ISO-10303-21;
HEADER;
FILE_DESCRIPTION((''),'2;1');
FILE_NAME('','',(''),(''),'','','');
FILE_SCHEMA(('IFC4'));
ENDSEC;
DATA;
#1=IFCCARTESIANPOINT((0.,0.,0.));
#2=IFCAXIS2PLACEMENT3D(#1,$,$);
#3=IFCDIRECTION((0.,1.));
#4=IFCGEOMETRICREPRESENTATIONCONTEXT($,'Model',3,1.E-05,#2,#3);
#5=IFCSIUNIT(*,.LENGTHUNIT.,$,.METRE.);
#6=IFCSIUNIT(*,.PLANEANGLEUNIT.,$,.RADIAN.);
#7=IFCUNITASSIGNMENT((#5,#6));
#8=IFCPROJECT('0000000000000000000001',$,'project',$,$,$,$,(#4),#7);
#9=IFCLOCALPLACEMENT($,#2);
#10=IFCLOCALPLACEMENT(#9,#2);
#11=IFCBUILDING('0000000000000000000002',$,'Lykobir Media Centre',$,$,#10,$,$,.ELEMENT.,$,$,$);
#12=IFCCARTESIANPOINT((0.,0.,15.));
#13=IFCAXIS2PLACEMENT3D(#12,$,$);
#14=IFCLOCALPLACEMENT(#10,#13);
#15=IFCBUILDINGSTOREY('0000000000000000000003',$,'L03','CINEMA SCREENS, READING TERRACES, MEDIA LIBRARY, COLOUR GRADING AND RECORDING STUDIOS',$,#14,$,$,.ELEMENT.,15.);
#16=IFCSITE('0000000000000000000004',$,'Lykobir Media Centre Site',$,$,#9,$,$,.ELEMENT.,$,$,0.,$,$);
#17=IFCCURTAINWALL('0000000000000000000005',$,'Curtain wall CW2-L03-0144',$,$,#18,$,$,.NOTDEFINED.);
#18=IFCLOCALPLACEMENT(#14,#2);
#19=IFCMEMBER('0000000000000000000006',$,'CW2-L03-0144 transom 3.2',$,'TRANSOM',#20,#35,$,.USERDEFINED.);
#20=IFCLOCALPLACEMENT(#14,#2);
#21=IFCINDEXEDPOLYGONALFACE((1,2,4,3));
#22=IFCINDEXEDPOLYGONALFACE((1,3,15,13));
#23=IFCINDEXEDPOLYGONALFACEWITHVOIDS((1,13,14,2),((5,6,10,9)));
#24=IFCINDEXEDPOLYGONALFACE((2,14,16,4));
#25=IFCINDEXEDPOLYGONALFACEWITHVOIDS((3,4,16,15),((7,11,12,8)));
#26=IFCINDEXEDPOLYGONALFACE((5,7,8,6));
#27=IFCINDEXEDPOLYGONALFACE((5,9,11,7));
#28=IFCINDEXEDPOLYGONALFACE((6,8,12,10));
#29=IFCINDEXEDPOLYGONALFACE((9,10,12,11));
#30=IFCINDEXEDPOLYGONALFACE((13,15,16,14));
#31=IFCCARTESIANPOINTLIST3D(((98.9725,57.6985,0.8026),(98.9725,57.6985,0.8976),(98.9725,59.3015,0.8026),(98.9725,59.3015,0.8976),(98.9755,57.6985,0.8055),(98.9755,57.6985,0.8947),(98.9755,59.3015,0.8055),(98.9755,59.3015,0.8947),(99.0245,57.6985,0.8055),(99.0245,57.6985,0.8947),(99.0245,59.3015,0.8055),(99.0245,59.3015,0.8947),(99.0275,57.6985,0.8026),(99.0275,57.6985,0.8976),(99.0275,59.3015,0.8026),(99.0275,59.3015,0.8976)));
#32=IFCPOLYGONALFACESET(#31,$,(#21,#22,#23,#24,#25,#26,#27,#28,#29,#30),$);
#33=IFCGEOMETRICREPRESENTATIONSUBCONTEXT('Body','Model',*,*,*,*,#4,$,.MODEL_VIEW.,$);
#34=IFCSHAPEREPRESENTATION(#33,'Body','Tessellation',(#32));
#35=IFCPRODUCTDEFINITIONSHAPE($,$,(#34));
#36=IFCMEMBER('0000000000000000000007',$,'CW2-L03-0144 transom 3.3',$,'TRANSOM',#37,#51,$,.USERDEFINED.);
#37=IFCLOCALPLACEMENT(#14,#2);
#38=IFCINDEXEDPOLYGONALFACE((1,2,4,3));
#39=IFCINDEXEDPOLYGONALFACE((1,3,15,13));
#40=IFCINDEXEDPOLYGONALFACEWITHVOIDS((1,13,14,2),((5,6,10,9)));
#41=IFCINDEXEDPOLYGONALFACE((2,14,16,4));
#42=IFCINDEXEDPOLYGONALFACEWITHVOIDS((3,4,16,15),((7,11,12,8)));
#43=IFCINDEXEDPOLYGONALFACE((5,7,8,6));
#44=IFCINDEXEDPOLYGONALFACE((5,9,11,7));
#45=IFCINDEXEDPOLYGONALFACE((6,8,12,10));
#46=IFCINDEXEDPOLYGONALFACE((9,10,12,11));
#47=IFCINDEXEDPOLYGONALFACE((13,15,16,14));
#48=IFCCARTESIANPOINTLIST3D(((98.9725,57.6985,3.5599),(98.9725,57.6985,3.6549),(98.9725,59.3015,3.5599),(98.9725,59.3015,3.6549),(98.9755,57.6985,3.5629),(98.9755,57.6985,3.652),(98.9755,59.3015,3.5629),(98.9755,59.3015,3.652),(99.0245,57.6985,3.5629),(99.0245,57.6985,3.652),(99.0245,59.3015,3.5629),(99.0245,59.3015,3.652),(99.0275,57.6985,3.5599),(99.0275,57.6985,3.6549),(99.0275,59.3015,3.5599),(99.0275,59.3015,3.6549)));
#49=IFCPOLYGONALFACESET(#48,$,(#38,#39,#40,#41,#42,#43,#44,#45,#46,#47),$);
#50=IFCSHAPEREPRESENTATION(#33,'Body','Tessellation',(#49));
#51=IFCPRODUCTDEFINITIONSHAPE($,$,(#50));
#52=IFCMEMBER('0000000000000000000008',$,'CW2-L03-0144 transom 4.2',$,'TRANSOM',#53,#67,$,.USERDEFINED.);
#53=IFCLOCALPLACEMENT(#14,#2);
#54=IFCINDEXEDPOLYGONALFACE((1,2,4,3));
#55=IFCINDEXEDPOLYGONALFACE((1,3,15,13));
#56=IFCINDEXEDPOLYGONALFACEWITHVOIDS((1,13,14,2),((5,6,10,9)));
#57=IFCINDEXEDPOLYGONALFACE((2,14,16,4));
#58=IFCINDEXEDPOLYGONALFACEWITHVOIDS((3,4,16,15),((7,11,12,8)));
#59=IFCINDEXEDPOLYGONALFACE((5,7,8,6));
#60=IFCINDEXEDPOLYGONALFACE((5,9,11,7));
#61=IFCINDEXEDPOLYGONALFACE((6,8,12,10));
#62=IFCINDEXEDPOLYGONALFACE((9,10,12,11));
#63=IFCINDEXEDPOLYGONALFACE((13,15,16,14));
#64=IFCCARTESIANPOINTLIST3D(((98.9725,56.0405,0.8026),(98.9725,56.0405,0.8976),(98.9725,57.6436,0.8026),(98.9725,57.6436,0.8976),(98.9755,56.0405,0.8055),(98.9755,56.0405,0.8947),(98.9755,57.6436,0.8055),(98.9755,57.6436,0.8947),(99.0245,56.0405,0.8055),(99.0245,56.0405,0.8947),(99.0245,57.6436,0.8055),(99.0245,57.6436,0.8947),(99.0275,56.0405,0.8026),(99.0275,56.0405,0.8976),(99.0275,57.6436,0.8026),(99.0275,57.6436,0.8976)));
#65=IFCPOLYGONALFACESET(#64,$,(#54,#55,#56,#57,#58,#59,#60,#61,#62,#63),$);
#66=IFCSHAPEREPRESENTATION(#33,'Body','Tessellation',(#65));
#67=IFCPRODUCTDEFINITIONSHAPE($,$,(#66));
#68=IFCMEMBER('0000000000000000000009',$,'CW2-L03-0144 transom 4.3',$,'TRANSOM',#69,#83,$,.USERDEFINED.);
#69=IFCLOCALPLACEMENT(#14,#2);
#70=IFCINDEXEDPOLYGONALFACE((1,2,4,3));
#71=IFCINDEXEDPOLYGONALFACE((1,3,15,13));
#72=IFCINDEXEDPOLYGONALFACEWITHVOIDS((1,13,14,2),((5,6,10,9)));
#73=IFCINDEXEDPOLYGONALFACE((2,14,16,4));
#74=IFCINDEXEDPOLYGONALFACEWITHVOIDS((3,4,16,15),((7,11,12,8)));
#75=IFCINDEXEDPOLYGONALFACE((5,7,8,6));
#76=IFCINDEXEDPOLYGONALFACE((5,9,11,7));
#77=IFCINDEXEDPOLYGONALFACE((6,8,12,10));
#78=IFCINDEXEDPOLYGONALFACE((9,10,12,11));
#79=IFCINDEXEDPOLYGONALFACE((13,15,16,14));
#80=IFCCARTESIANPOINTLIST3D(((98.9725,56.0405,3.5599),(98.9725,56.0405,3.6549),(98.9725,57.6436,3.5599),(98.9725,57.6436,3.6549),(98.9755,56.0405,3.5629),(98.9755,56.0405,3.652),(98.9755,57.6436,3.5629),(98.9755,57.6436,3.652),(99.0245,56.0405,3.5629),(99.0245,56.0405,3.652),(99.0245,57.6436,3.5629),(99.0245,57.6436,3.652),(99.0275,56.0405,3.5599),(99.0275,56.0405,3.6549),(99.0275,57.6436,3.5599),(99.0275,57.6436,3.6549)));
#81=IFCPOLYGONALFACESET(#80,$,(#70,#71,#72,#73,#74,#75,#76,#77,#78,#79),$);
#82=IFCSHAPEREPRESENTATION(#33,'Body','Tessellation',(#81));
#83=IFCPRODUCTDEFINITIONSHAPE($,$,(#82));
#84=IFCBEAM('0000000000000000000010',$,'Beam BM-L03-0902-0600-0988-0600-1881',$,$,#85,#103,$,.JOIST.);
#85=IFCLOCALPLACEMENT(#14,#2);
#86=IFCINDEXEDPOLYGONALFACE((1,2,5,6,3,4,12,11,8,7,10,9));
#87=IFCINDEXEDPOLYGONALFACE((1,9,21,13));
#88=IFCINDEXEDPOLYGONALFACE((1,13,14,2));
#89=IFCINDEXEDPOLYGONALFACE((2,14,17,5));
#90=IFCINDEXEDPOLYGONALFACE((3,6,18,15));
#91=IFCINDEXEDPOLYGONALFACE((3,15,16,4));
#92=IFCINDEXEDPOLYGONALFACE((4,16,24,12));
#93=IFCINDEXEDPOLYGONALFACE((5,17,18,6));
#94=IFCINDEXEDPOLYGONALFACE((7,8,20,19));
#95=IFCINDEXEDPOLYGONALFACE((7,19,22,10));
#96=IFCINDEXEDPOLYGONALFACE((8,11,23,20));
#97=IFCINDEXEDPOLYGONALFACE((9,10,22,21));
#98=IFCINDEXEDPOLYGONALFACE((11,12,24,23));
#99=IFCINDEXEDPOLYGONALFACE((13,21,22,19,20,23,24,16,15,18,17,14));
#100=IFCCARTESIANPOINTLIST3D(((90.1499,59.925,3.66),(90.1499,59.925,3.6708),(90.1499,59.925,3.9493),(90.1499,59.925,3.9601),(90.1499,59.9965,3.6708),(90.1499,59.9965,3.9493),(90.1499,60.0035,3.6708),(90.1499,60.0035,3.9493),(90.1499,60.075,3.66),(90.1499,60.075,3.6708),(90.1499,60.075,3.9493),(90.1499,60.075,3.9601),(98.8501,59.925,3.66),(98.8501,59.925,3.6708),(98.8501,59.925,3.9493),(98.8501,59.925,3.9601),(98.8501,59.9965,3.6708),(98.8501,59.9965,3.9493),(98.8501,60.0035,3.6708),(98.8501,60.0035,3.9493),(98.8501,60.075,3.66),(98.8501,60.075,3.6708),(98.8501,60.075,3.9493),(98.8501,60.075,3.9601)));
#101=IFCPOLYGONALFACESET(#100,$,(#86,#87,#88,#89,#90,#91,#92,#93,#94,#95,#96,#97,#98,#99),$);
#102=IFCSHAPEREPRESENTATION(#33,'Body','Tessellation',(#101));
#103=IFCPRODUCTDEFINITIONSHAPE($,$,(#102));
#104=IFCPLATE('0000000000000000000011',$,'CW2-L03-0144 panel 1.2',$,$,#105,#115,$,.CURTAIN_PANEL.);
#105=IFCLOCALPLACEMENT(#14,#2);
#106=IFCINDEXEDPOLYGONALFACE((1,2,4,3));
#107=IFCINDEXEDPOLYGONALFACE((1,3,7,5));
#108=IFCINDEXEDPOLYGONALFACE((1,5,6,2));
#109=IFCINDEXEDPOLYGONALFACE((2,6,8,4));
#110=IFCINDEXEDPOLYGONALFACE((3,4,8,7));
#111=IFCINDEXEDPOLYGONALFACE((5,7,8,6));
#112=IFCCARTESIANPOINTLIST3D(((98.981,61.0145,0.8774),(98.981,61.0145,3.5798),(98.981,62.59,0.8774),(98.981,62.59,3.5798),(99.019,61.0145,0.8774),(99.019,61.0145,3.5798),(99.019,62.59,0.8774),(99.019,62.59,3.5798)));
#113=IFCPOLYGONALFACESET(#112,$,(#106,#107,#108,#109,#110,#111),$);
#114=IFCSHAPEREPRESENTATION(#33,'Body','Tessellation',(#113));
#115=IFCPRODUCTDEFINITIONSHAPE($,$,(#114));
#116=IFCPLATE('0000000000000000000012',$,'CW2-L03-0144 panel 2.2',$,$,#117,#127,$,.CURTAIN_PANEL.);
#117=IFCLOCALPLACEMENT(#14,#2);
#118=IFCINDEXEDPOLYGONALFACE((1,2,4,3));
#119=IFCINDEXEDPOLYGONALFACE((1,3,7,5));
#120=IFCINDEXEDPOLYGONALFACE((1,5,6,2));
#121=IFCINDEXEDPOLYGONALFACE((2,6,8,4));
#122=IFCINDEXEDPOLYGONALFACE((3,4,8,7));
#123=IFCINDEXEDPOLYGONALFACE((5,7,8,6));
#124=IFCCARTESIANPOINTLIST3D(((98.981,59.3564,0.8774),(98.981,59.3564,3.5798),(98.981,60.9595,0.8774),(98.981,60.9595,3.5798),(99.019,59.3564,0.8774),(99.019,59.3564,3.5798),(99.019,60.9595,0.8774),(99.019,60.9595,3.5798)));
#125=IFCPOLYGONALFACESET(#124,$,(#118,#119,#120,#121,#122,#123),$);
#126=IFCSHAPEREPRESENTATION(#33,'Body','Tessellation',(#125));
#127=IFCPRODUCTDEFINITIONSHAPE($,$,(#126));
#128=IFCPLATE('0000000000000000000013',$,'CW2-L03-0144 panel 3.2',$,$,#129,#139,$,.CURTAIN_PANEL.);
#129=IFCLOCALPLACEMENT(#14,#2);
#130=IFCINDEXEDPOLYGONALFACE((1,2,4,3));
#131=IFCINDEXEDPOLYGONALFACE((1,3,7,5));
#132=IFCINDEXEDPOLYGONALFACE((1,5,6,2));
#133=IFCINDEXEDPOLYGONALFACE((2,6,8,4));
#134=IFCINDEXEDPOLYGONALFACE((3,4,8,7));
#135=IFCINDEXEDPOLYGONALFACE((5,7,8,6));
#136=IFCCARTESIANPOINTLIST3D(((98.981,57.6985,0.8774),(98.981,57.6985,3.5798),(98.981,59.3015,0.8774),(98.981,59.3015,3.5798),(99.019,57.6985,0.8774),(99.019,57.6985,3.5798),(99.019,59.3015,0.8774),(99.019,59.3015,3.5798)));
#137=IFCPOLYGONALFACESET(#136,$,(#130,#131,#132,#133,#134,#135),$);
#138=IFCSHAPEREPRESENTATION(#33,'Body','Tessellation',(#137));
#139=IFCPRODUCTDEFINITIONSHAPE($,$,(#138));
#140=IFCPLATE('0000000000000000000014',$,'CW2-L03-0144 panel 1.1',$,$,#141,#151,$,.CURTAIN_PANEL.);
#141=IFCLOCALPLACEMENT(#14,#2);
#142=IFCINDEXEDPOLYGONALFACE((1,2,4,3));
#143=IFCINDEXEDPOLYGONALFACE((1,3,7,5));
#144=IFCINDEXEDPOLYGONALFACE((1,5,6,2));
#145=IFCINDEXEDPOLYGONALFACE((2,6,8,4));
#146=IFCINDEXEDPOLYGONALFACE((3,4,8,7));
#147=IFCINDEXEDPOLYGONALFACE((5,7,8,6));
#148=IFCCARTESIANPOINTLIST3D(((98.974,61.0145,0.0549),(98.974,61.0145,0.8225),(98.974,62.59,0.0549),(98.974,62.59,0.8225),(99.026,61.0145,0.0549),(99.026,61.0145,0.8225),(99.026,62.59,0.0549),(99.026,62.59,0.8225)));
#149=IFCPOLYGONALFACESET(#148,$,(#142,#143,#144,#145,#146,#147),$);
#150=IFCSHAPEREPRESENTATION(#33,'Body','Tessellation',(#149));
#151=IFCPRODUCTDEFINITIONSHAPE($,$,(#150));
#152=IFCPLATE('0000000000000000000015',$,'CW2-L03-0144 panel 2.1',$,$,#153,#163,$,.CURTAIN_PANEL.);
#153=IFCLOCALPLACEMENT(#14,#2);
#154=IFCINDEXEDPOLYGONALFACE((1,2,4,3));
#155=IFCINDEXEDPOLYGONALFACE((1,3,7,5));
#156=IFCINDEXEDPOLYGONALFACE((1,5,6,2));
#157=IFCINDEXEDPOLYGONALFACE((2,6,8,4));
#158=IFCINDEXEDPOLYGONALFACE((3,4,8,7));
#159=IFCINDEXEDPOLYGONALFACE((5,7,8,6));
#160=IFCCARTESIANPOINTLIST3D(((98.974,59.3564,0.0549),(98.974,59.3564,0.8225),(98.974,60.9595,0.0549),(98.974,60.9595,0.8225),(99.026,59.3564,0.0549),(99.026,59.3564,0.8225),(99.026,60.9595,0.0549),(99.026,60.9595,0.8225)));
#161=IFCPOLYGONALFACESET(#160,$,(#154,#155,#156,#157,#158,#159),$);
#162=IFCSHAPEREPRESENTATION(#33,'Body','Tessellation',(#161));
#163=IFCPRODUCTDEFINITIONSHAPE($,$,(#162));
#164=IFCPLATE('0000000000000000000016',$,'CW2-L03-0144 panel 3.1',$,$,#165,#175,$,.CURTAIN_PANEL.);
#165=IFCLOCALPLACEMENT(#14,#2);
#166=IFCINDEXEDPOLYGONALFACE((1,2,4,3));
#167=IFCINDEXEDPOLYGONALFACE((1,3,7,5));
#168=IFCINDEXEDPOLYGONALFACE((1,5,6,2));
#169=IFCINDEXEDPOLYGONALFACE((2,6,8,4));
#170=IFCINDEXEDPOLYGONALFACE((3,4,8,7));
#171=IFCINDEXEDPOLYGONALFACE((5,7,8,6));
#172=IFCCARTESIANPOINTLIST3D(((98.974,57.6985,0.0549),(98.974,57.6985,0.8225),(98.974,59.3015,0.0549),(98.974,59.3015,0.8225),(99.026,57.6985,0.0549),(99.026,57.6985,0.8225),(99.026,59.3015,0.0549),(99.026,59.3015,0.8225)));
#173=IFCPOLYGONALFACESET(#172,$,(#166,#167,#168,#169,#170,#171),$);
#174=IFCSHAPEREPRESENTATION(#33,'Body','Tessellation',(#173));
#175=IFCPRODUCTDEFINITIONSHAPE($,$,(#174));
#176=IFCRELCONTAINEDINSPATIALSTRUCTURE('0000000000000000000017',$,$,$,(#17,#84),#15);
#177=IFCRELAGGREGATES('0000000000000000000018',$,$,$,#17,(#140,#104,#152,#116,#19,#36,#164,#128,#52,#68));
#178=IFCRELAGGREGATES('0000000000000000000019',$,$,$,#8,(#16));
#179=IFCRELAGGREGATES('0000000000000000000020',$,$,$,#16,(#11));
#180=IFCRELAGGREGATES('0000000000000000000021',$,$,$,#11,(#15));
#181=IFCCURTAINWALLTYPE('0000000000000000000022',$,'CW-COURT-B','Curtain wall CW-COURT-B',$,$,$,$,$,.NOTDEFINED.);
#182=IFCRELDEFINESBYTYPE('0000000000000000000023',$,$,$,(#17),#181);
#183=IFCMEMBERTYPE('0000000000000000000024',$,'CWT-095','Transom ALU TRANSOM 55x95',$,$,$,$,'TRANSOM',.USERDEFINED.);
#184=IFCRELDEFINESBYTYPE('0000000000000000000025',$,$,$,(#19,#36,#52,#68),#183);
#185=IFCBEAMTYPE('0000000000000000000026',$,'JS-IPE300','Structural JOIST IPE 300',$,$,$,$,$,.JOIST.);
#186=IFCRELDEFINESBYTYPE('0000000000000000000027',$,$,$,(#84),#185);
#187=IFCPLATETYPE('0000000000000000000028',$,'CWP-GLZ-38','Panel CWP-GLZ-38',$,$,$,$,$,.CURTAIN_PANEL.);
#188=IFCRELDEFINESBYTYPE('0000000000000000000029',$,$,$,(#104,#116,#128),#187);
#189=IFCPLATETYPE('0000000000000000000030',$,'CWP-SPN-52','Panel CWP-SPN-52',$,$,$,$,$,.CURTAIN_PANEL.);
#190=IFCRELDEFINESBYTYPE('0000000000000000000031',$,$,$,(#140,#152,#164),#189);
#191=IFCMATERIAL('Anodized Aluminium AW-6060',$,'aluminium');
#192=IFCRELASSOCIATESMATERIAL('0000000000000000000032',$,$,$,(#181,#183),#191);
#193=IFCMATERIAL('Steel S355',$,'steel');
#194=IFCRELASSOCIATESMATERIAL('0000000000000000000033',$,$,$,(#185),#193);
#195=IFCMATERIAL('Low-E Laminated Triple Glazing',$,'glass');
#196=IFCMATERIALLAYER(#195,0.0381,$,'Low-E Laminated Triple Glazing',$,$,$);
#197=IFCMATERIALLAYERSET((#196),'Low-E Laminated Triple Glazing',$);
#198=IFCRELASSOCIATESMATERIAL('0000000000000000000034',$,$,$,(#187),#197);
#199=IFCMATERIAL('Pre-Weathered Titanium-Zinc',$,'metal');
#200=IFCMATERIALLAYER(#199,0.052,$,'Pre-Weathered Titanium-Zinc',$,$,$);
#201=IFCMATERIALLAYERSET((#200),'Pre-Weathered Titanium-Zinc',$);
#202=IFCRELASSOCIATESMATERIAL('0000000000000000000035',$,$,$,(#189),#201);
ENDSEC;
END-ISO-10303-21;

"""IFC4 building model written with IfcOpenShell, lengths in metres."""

from ifc_helpers import new_model, si_unit, direction, frame, origin, origin_2d, place, context, subcontext, project, spatial, rectangle, hollow_rectangle, i_section, extrude, material, layer, layer_set, material_profile, profile_set, type_object, element, aggregate, save


model = new_model("IFC4")

# Units and contexts
model_context = context("Model", 3, precision=1e-05, world=origin(), true_north=direction((0.0, 1.0)))
body_context = subcontext(model_context, "Body", "Model", "MODEL_VIEW")
ifc_project = project(units=[si_unit("LENGTHUNIT", "METRE"), si_unit("PLANEANGLEUNIT", "RADIAN")], contexts=[model_context])

# Site, building, storey
site_placement = place(None, origin())
site = spatial("IfcSite", under=ifc_project, at=site_placement, Name="Lykobir Media Centre Site", CompositionType="ELEMENT", RefElevation=0.0)
building_placement = place(site_placement, origin())
building = spatial("IfcBuilding", under=site, at=building_placement, Name="Lykobir Media Centre", CompositionType="ELEMENT")
storey_placement = place(building_placement, frame((0.0, 0.0, 15.0)))
storey = spatial("IfcBuildingStorey", under=building, at=storey_placement, Name="L03", Description="CINEMA SCREENS, READING TERRACES, MEDIA LIBRARY, COLOUR GRADING AND RECORDING STUDIOS", CompositionType="ELEMENT", Elevation=15.0)

# Curtain wall, members
ifc_material_1 = material(Name="Anodized Aluminium AW-6060", Category="aluminium")
curtain_wall_type = type_object("IfcCurtainWallType", Name="CW-COURT-B", Description="Curtain wall CW-COURT-B", PredefinedType="NOTDEFINED", material=ifc_material_1)
curtain_wall_placement = place(storey_placement, origin())
curtain_wall = element("IfcCurtainWall", 1, at=curtain_wall_placement, inside=storey, type_object=curtain_wall_type, Name="Curtain wall CW2-L03-0144", PredefinedType="NOTDEFINED")
ifc_material_profile_1 = material_profile(ifc_material_1, hollow_rectangle(XDim=0.0549, YDim=0.095, WallThickness=0.0029, at=origin_2d()), Name="ALU TRANSOM 55x95")
ifc_profile_set_1 = profile_set([ifc_material_profile_1], Name="Anodized Aluminium AW-6060")
member_type_1 = type_object("IfcMemberType", Name="CWT-095", Description="Transom ALU TRANSOM 55x95", ElementType="TRANSOM", PredefinedType="USERDEFINED", material=ifc_profile_set_1)
member_1_placement = place(storey_placement, frame((99.0, 59.3015, 0.8501), z_axis=(0.0, -1.0, 0.0), x_axis=(1.0, 0.0, 0.0)))
member_1 = element("IfcMember", 2, at=member_1_placement, type_object=member_type_1, Name="CW2-L03-0144 transom 3.2", ObjectType="TRANSOM", PredefinedType="USERDEFINED", context=body_context, shape_type="SweptSolid", body=[
    extrude(hollow_rectangle(XDim=0.0549, YDim=0.095, WallThickness=0.0029, at=origin_2d()), origin(), (0.0, 0.0, 1.0), 1.603),
])
member_2_placement = place(storey_placement, frame((99.0, 59.3015, 3.6074), z_axis=(0.0, -1.0, 0.0), x_axis=(1.0, 0.0, 0.0)))
member_2 = element("IfcMember", 3, at=member_2_placement, type_object=member_type_1, Name="CW2-L03-0144 transom 3.3", ObjectType="TRANSOM", PredefinedType="USERDEFINED", context=body_context, shape_type="SweptSolid", body=[
    extrude(hollow_rectangle(XDim=0.0549, YDim=0.095, WallThickness=0.0029, at=origin_2d()), origin(), (0.0, 0.0, 1.0), 1.603),
])
member_3_placement = place(storey_placement, frame((99.0, 57.6436, 0.8501), z_axis=(0.0, -1.0, 0.0), x_axis=(1.0, 0.0, 0.0)))
member_3 = element("IfcMember", 4, at=member_3_placement, type_object=member_type_1, Name="CW2-L03-0144 transom 4.2", ObjectType="TRANSOM", PredefinedType="USERDEFINED", context=body_context, shape_type="SweptSolid", body=[
    extrude(hollow_rectangle(XDim=0.0549, YDim=0.095, WallThickness=0.0029, at=origin_2d()), origin(), (0.0, 0.0, 1.0), 1.603),
])
member_4_placement = place(storey_placement, frame((99.0, 57.6436, 3.6074), z_axis=(0.0, -1.0, 0.0), x_axis=(1.0, 0.0, 0.0)))
member_4 = element("IfcMember", 5, at=member_4_placement, type_object=member_type_1, Name="CW2-L03-0144 transom 4.3", ObjectType="TRANSOM", PredefinedType="USERDEFINED", context=body_context, shape_type="SweptSolid", body=[
    extrude(hollow_rectangle(XDim=0.0549, YDim=0.095, WallThickness=0.0029, at=origin_2d()), origin(), (0.0, 0.0, 1.0), 1.603),
])

# Beam
ifc_material_2 = material(Name="Steel S355", Category="steel")
ifc_material_profile_2 = material_profile(ifc_material_2, i_section(OverallWidth=0.1499, OverallDepth=0.3, WebThickness=0.0071, FlangeThickness=0.0107, at=origin_2d()), Name="IPE 300")
ifc_profile_set_2 = profile_set([ifc_material_profile_2], Name="Steel S355")
beam_type = type_object("IfcBeamType", Name="JS-IPE300", Description="Structural JOIST IPE 300", PredefinedType="JOIST", material=ifc_profile_set_2)
beam_placement = place(storey_placement, frame((90.1499, 60.0, 3.8101), z_axis=(1.0, 0.0, 0.0), x_axis=(0.0, 1.0, 0.0)))
element("IfcBeam", 6, at=beam_placement, inside=storey, type_object=beam_type, Name="Beam BM-L03-0902-0600-0988-0600-1881", PredefinedType="JOIST", context=body_context, shape_type="SweptSolid", body=[
    extrude(i_section(OverallWidth=0.1499, OverallDepth=0.3, WebThickness=0.0071, FlangeThickness=0.0107, at=origin_2d()), origin(), (0.0, 0.0, 1.0), 8.7002),
])

# Plates
ifc_material_3 = material(Name="Low-E Laminated Triple Glazing", Category="glass")
ifc_layer_1 = layer(ifc_material_3, 0.0381, Name="Low-E Laminated Triple Glazing")
ifc_layer_set_1 = layer_set([ifc_layer_1], Name="Low-E Laminated Triple Glazing")
plate_type_1 = type_object("IfcPlateType", Name="CWP-GLZ-38", Description="Panel CWP-GLZ-38", PredefinedType="CURTAIN_PANEL", material=ifc_layer_set_1)
plate_1_placement = place(storey_placement, frame((99.0, 61.8022, 0.8774), z_axis=(0.0, 0.0, 1.0), x_axis=(0.0, -1.0, 0.0)))
plate_1 = element("IfcPlate", 7, at=plate_1_placement, type_object=plate_type_1, Name="CW2-L03-0144 panel 1.2", PredefinedType="CURTAIN_PANEL", context=body_context, shape_type="SweptSolid", body=[
    extrude(rectangle(XDim=1.5754, YDim=0.0381, at=origin_2d()), origin(), (0.0, 0.0, 1.0), 2.7024),
])
plate_2_placement = place(storey_placement, frame((99.0, 60.158, 0.8774), z_axis=(0.0, 0.0, 1.0), x_axis=(0.0, -1.0, 0.0)))
plate_2 = element("IfcPlate", 8, at=plate_2_placement, type_object=plate_type_1, Name="CW2-L03-0144 panel 2.2", PredefinedType="CURTAIN_PANEL", context=body_context, shape_type="SweptSolid", body=[
    extrude(rectangle(XDim=1.603, YDim=0.0381, at=origin_2d()), origin(), (0.0, 0.0, 1.0), 2.7024),
])
plate_3_placement = place(storey_placement, frame((99.0, 58.5, 0.8774), z_axis=(0.0, 0.0, 1.0), x_axis=(0.0, -1.0, 0.0)))
plate_3 = element("IfcPlate", 9, at=plate_3_placement, type_object=plate_type_1, Name="CW2-L03-0144 panel 3.2", PredefinedType="CURTAIN_PANEL", context=body_context, shape_type="SweptSolid", body=[
    extrude(rectangle(XDim=1.603, YDim=0.0381, at=origin_2d()), origin(), (0.0, 0.0, 1.0), 2.7024),
])
ifc_material_4 = material(Name="Pre-Weathered Titanium-Zinc", Category="metal")
ifc_layer_2 = layer(ifc_material_4, 0.052, Name="Pre-Weathered Titanium-Zinc")
ifc_layer_set_2 = layer_set([ifc_layer_2], Name="Pre-Weathered Titanium-Zinc")
plate_type_2 = type_object("IfcPlateType", Name="CWP-SPN-52", Description="Panel CWP-SPN-52", PredefinedType="CURTAIN_PANEL", material=ifc_layer_set_2)
plate_4_placement = place(storey_placement, frame((99.0, 61.8022, 0.0549), z_axis=(0.0, 0.0, 1.0), x_axis=(0.0, -1.0, 0.0)))
plate_4 = element("IfcPlate", 10, at=plate_4_placement, type_object=plate_type_2, Name="CW2-L03-0144 panel 1.1", PredefinedType="CURTAIN_PANEL", context=body_context, shape_type="SweptSolid", body=[
    extrude(rectangle(XDim=1.5754, YDim=0.052, at=origin_2d()), origin(), (0.0, 0.0, 1.0), 0.7676),
])
plate_5_placement = place(storey_placement, frame((99.0, 60.158, 0.0549), z_axis=(0.0, 0.0, 1.0), x_axis=(0.0, -1.0, 0.0)))
plate_5 = element("IfcPlate", 11, at=plate_5_placement, type_object=plate_type_2, Name="CW2-L03-0144 panel 2.1", PredefinedType="CURTAIN_PANEL", context=body_context, shape_type="SweptSolid", body=[
    extrude(rectangle(XDim=1.603, YDim=0.052, at=origin_2d()), origin(), (0.0, 0.0, 1.0), 0.7676),
])
plate_6_placement = place(storey_placement, frame((99.0, 58.5, 0.0549), z_axis=(0.0, 0.0, 1.0), x_axis=(0.0, -1.0, 0.0)))
plate_6 = element("IfcPlate", 12, at=plate_6_placement, type_object=plate_type_2, Name="CW2-L03-0144 panel 3.1", PredefinedType="CURTAIN_PANEL", context=body_context, shape_type="SweptSolid", body=[
    extrude(rectangle(XDim=1.603, YDim=0.052, at=origin_2d()), origin(), (0.0, 0.0, 1.0), 0.7676),
])
aggregate(curtain_wall, [plate_4, plate_1, plate_5, plate_2, member_1, member_2, plate_6, plate_3, member_3, member_4])

save(model, "model.ifc")
